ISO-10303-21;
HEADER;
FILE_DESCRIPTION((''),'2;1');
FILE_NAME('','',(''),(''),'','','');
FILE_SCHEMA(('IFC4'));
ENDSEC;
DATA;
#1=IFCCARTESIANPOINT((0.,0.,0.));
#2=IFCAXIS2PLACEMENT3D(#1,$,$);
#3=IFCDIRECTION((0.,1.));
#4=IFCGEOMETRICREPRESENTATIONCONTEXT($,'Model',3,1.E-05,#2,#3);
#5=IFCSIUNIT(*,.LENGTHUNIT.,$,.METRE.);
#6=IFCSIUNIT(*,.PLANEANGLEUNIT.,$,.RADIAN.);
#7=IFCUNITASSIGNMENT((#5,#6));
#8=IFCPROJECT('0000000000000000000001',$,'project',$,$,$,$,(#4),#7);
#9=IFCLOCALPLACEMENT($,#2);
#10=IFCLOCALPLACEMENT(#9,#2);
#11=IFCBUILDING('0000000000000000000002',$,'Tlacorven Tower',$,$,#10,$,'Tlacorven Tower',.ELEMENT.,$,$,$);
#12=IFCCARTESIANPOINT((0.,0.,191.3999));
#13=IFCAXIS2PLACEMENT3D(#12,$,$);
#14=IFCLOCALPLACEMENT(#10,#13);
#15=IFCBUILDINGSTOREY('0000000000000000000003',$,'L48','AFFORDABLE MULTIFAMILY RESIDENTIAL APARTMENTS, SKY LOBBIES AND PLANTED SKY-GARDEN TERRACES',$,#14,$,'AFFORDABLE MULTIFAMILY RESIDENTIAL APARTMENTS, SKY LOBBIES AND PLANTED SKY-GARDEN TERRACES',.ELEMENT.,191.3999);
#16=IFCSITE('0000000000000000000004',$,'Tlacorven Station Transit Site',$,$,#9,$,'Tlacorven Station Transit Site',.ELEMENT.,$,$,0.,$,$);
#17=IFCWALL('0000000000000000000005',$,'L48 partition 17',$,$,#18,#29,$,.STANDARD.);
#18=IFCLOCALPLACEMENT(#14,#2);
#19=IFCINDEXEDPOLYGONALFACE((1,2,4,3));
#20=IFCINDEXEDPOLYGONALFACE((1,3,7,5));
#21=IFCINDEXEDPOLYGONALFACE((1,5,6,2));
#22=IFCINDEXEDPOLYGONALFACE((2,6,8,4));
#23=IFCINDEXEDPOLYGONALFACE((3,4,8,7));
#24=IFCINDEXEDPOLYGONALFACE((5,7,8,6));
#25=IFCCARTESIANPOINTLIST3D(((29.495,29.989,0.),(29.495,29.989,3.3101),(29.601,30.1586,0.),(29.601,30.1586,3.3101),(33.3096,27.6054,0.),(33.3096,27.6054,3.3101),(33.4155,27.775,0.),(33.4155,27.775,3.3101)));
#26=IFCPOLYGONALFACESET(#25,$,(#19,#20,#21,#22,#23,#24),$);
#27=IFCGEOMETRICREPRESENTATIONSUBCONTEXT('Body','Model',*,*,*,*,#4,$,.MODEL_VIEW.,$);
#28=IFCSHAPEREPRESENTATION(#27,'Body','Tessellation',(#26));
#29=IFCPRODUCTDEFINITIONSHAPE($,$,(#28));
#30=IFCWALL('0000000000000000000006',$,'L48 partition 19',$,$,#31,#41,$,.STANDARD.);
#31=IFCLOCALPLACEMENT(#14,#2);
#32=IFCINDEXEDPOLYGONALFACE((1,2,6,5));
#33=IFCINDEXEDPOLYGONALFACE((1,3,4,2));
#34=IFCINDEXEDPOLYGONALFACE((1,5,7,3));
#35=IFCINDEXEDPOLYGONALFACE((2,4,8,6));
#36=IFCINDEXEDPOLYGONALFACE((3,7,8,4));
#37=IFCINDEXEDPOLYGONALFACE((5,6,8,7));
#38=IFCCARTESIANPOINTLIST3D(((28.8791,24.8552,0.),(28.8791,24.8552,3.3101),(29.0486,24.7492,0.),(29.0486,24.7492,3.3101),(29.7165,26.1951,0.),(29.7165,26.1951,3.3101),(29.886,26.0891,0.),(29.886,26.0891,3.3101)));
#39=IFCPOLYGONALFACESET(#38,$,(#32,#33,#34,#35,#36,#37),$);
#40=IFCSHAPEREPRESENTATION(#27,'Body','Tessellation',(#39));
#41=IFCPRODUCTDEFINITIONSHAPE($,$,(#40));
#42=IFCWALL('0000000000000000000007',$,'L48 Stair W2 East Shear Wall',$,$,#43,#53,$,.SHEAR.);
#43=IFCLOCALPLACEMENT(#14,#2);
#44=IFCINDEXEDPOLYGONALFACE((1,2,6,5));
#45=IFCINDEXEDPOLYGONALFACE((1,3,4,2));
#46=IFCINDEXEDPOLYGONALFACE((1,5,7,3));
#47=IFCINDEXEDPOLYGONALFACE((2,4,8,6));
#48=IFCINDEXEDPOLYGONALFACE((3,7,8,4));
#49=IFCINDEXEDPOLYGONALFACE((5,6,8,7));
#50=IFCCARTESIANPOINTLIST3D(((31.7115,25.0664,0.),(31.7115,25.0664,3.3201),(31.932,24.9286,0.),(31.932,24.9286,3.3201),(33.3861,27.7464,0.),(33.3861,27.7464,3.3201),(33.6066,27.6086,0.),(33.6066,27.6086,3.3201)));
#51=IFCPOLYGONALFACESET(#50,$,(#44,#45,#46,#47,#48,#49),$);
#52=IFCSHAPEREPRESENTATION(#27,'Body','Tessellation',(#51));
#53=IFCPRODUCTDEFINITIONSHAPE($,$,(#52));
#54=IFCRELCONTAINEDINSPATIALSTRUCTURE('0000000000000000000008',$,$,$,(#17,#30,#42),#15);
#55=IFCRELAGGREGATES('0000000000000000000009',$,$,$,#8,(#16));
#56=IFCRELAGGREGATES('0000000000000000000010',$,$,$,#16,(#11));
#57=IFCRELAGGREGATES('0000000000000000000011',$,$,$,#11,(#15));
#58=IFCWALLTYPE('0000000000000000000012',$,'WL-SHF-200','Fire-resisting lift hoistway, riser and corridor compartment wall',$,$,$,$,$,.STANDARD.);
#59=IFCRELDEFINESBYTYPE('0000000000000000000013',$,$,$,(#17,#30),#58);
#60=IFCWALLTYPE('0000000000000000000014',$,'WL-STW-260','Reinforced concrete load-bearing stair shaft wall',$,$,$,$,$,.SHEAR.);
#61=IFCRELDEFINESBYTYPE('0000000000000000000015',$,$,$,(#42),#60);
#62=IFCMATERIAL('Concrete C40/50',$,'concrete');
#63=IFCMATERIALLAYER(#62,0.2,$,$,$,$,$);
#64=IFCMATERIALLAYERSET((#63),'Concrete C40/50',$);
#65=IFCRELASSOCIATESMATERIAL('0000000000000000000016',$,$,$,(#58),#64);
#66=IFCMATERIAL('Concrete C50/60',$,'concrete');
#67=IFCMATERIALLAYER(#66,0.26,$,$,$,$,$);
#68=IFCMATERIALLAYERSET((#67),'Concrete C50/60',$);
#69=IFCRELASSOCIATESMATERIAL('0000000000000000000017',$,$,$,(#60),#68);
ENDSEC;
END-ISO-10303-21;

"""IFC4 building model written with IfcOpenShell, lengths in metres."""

from ifc_helpers import new_model, si_unit, direction, frame, frame_2d, origin, place, context, subcontext, project, spatial, rectangle, extrude, material, layer, layer_set, type_object, element, save


model = new_model("IFC4")

# Units and contexts
model_context = context("Model", 3, precision=1e-05, world=origin(), true_north=direction((0.0, 1.0)))
body_context = subcontext(model_context, "Body", "Model", "MODEL_VIEW")
ifc_project = project(units=[si_unit("LENGTHUNIT", "METRE"), si_unit("PLANEANGLEUNIT", "RADIAN")], contexts=[model_context])

# Site, building, storey
site_placement = place(None, origin())
site = spatial("IfcSite", under=ifc_project, at=site_placement, Name="Tlacorven Station Transit Site", LongName="Tlacorven Station Transit Site", CompositionType="ELEMENT", RefElevation=0.0)
building_placement = place(site_placement, origin())
building = spatial("IfcBuilding", under=site, at=building_placement, Name="Tlacorven Tower", LongName="Tlacorven Tower", CompositionType="ELEMENT")
storey_placement = place(building_placement, frame((0.0, 0.0, 191.3999)))
storey = spatial("IfcBuildingStorey", under=building, at=storey_placement, Name="L48", Description="AFFORDABLE MULTIFAMILY RESIDENTIAL APARTMENTS, SKY LOBBIES AND PLANTED SKY-GARDEN TERRACES", LongName="AFFORDABLE MULTIFAMILY RESIDENTIAL APARTMENTS, SKY LOBBIES AND PLANTED SKY-GARDEN TERRACES", CompositionType="ELEMENT", Elevation=191.3999)

# Walls
ifc_material_1 = material(Name="Concrete C40/50", Category="concrete")
ifc_layer_1 = layer(ifc_material_1, 0.2)
ifc_layer_set_1 = layer_set([ifc_layer_1], Name="Concrete C40/50")
wall_type_1 = type_object("IfcWallType", Name="WL-SHF-200", Description="Fire-resisting lift hoistway, riser and corridor compartment wall", PredefinedType="STANDARD", material=ifc_layer_set_1)
wall_1_placement = place(storey_placement, frame((33.3625, 27.6902, 0.0), z_axis=(0.0, 0.0, 1.0), x_axis=(-0.848047, 0.529921, 0.0)))
element("IfcWall", 1, at=wall_1_placement, inside=storey, type_object=wall_type_1, Name="L48 partition 17", PredefinedType="STANDARD", context=body_context, shape_type="SweptSolid", body=[
    extrude(rectangle(XDim=4.498, YDim=0.2, at=frame_2d((2.249, 0.0))), origin(), (0.0, 0.0, 1.0), 3.3101),
])
wall_2_placement = place(storey_placement, frame((29.8013, 26.1421, 0.0), z_axis=(0.0, 0.0, 1.0), x_axis=(-0.529999, -0.847998, 0.0)))
element("IfcWall", 2, at=wall_2_placement, inside=storey, type_object=wall_type_1, Name="L48 partition 19", PredefinedType="STANDARD", context=body_context, shape_type="SweptSolid", body=[
    extrude(rectangle(XDim=1.5801, YDim=0.2, at=frame_2d((0.79, 0.0))), origin(), (0.0, 0.0, 1.0), 3.3101),
])
ifc_material_2 = material(Name="Concrete C50/60", Category="concrete")
ifc_layer_2 = layer(ifc_material_2, 0.26)
ifc_layer_set_2 = layer_set([ifc_layer_2], Name="Concrete C50/60")
wall_type_2 = type_object("IfcWallType", Name="WL-STW-260", Description="Reinforced concrete load-bearing stair shaft wall", PredefinedType="SHEAR", material=ifc_layer_set_2)
wall_3_placement = place(storey_placement, frame((33.4963, 27.6775, 0.0), z_axis=(0.0, 0.0, 1.0), x_axis=(-0.529909, -0.848055, 0.0)))
element("IfcWall", 3, at=wall_3_placement, inside=storey, type_object=wall_type_2, Name="L48 Stair W2 East Shear Wall", PredefinedType="SHEAR", context=body_context, shape_type="SweptSolid", body=[
    extrude(rectangle(XDim=3.1602, YDim=0.26, at=frame_2d((1.5801, 0.0))), origin(), (0.0, 0.0, 1.0), 3.3201),
])

save(model, "model.ifc")
